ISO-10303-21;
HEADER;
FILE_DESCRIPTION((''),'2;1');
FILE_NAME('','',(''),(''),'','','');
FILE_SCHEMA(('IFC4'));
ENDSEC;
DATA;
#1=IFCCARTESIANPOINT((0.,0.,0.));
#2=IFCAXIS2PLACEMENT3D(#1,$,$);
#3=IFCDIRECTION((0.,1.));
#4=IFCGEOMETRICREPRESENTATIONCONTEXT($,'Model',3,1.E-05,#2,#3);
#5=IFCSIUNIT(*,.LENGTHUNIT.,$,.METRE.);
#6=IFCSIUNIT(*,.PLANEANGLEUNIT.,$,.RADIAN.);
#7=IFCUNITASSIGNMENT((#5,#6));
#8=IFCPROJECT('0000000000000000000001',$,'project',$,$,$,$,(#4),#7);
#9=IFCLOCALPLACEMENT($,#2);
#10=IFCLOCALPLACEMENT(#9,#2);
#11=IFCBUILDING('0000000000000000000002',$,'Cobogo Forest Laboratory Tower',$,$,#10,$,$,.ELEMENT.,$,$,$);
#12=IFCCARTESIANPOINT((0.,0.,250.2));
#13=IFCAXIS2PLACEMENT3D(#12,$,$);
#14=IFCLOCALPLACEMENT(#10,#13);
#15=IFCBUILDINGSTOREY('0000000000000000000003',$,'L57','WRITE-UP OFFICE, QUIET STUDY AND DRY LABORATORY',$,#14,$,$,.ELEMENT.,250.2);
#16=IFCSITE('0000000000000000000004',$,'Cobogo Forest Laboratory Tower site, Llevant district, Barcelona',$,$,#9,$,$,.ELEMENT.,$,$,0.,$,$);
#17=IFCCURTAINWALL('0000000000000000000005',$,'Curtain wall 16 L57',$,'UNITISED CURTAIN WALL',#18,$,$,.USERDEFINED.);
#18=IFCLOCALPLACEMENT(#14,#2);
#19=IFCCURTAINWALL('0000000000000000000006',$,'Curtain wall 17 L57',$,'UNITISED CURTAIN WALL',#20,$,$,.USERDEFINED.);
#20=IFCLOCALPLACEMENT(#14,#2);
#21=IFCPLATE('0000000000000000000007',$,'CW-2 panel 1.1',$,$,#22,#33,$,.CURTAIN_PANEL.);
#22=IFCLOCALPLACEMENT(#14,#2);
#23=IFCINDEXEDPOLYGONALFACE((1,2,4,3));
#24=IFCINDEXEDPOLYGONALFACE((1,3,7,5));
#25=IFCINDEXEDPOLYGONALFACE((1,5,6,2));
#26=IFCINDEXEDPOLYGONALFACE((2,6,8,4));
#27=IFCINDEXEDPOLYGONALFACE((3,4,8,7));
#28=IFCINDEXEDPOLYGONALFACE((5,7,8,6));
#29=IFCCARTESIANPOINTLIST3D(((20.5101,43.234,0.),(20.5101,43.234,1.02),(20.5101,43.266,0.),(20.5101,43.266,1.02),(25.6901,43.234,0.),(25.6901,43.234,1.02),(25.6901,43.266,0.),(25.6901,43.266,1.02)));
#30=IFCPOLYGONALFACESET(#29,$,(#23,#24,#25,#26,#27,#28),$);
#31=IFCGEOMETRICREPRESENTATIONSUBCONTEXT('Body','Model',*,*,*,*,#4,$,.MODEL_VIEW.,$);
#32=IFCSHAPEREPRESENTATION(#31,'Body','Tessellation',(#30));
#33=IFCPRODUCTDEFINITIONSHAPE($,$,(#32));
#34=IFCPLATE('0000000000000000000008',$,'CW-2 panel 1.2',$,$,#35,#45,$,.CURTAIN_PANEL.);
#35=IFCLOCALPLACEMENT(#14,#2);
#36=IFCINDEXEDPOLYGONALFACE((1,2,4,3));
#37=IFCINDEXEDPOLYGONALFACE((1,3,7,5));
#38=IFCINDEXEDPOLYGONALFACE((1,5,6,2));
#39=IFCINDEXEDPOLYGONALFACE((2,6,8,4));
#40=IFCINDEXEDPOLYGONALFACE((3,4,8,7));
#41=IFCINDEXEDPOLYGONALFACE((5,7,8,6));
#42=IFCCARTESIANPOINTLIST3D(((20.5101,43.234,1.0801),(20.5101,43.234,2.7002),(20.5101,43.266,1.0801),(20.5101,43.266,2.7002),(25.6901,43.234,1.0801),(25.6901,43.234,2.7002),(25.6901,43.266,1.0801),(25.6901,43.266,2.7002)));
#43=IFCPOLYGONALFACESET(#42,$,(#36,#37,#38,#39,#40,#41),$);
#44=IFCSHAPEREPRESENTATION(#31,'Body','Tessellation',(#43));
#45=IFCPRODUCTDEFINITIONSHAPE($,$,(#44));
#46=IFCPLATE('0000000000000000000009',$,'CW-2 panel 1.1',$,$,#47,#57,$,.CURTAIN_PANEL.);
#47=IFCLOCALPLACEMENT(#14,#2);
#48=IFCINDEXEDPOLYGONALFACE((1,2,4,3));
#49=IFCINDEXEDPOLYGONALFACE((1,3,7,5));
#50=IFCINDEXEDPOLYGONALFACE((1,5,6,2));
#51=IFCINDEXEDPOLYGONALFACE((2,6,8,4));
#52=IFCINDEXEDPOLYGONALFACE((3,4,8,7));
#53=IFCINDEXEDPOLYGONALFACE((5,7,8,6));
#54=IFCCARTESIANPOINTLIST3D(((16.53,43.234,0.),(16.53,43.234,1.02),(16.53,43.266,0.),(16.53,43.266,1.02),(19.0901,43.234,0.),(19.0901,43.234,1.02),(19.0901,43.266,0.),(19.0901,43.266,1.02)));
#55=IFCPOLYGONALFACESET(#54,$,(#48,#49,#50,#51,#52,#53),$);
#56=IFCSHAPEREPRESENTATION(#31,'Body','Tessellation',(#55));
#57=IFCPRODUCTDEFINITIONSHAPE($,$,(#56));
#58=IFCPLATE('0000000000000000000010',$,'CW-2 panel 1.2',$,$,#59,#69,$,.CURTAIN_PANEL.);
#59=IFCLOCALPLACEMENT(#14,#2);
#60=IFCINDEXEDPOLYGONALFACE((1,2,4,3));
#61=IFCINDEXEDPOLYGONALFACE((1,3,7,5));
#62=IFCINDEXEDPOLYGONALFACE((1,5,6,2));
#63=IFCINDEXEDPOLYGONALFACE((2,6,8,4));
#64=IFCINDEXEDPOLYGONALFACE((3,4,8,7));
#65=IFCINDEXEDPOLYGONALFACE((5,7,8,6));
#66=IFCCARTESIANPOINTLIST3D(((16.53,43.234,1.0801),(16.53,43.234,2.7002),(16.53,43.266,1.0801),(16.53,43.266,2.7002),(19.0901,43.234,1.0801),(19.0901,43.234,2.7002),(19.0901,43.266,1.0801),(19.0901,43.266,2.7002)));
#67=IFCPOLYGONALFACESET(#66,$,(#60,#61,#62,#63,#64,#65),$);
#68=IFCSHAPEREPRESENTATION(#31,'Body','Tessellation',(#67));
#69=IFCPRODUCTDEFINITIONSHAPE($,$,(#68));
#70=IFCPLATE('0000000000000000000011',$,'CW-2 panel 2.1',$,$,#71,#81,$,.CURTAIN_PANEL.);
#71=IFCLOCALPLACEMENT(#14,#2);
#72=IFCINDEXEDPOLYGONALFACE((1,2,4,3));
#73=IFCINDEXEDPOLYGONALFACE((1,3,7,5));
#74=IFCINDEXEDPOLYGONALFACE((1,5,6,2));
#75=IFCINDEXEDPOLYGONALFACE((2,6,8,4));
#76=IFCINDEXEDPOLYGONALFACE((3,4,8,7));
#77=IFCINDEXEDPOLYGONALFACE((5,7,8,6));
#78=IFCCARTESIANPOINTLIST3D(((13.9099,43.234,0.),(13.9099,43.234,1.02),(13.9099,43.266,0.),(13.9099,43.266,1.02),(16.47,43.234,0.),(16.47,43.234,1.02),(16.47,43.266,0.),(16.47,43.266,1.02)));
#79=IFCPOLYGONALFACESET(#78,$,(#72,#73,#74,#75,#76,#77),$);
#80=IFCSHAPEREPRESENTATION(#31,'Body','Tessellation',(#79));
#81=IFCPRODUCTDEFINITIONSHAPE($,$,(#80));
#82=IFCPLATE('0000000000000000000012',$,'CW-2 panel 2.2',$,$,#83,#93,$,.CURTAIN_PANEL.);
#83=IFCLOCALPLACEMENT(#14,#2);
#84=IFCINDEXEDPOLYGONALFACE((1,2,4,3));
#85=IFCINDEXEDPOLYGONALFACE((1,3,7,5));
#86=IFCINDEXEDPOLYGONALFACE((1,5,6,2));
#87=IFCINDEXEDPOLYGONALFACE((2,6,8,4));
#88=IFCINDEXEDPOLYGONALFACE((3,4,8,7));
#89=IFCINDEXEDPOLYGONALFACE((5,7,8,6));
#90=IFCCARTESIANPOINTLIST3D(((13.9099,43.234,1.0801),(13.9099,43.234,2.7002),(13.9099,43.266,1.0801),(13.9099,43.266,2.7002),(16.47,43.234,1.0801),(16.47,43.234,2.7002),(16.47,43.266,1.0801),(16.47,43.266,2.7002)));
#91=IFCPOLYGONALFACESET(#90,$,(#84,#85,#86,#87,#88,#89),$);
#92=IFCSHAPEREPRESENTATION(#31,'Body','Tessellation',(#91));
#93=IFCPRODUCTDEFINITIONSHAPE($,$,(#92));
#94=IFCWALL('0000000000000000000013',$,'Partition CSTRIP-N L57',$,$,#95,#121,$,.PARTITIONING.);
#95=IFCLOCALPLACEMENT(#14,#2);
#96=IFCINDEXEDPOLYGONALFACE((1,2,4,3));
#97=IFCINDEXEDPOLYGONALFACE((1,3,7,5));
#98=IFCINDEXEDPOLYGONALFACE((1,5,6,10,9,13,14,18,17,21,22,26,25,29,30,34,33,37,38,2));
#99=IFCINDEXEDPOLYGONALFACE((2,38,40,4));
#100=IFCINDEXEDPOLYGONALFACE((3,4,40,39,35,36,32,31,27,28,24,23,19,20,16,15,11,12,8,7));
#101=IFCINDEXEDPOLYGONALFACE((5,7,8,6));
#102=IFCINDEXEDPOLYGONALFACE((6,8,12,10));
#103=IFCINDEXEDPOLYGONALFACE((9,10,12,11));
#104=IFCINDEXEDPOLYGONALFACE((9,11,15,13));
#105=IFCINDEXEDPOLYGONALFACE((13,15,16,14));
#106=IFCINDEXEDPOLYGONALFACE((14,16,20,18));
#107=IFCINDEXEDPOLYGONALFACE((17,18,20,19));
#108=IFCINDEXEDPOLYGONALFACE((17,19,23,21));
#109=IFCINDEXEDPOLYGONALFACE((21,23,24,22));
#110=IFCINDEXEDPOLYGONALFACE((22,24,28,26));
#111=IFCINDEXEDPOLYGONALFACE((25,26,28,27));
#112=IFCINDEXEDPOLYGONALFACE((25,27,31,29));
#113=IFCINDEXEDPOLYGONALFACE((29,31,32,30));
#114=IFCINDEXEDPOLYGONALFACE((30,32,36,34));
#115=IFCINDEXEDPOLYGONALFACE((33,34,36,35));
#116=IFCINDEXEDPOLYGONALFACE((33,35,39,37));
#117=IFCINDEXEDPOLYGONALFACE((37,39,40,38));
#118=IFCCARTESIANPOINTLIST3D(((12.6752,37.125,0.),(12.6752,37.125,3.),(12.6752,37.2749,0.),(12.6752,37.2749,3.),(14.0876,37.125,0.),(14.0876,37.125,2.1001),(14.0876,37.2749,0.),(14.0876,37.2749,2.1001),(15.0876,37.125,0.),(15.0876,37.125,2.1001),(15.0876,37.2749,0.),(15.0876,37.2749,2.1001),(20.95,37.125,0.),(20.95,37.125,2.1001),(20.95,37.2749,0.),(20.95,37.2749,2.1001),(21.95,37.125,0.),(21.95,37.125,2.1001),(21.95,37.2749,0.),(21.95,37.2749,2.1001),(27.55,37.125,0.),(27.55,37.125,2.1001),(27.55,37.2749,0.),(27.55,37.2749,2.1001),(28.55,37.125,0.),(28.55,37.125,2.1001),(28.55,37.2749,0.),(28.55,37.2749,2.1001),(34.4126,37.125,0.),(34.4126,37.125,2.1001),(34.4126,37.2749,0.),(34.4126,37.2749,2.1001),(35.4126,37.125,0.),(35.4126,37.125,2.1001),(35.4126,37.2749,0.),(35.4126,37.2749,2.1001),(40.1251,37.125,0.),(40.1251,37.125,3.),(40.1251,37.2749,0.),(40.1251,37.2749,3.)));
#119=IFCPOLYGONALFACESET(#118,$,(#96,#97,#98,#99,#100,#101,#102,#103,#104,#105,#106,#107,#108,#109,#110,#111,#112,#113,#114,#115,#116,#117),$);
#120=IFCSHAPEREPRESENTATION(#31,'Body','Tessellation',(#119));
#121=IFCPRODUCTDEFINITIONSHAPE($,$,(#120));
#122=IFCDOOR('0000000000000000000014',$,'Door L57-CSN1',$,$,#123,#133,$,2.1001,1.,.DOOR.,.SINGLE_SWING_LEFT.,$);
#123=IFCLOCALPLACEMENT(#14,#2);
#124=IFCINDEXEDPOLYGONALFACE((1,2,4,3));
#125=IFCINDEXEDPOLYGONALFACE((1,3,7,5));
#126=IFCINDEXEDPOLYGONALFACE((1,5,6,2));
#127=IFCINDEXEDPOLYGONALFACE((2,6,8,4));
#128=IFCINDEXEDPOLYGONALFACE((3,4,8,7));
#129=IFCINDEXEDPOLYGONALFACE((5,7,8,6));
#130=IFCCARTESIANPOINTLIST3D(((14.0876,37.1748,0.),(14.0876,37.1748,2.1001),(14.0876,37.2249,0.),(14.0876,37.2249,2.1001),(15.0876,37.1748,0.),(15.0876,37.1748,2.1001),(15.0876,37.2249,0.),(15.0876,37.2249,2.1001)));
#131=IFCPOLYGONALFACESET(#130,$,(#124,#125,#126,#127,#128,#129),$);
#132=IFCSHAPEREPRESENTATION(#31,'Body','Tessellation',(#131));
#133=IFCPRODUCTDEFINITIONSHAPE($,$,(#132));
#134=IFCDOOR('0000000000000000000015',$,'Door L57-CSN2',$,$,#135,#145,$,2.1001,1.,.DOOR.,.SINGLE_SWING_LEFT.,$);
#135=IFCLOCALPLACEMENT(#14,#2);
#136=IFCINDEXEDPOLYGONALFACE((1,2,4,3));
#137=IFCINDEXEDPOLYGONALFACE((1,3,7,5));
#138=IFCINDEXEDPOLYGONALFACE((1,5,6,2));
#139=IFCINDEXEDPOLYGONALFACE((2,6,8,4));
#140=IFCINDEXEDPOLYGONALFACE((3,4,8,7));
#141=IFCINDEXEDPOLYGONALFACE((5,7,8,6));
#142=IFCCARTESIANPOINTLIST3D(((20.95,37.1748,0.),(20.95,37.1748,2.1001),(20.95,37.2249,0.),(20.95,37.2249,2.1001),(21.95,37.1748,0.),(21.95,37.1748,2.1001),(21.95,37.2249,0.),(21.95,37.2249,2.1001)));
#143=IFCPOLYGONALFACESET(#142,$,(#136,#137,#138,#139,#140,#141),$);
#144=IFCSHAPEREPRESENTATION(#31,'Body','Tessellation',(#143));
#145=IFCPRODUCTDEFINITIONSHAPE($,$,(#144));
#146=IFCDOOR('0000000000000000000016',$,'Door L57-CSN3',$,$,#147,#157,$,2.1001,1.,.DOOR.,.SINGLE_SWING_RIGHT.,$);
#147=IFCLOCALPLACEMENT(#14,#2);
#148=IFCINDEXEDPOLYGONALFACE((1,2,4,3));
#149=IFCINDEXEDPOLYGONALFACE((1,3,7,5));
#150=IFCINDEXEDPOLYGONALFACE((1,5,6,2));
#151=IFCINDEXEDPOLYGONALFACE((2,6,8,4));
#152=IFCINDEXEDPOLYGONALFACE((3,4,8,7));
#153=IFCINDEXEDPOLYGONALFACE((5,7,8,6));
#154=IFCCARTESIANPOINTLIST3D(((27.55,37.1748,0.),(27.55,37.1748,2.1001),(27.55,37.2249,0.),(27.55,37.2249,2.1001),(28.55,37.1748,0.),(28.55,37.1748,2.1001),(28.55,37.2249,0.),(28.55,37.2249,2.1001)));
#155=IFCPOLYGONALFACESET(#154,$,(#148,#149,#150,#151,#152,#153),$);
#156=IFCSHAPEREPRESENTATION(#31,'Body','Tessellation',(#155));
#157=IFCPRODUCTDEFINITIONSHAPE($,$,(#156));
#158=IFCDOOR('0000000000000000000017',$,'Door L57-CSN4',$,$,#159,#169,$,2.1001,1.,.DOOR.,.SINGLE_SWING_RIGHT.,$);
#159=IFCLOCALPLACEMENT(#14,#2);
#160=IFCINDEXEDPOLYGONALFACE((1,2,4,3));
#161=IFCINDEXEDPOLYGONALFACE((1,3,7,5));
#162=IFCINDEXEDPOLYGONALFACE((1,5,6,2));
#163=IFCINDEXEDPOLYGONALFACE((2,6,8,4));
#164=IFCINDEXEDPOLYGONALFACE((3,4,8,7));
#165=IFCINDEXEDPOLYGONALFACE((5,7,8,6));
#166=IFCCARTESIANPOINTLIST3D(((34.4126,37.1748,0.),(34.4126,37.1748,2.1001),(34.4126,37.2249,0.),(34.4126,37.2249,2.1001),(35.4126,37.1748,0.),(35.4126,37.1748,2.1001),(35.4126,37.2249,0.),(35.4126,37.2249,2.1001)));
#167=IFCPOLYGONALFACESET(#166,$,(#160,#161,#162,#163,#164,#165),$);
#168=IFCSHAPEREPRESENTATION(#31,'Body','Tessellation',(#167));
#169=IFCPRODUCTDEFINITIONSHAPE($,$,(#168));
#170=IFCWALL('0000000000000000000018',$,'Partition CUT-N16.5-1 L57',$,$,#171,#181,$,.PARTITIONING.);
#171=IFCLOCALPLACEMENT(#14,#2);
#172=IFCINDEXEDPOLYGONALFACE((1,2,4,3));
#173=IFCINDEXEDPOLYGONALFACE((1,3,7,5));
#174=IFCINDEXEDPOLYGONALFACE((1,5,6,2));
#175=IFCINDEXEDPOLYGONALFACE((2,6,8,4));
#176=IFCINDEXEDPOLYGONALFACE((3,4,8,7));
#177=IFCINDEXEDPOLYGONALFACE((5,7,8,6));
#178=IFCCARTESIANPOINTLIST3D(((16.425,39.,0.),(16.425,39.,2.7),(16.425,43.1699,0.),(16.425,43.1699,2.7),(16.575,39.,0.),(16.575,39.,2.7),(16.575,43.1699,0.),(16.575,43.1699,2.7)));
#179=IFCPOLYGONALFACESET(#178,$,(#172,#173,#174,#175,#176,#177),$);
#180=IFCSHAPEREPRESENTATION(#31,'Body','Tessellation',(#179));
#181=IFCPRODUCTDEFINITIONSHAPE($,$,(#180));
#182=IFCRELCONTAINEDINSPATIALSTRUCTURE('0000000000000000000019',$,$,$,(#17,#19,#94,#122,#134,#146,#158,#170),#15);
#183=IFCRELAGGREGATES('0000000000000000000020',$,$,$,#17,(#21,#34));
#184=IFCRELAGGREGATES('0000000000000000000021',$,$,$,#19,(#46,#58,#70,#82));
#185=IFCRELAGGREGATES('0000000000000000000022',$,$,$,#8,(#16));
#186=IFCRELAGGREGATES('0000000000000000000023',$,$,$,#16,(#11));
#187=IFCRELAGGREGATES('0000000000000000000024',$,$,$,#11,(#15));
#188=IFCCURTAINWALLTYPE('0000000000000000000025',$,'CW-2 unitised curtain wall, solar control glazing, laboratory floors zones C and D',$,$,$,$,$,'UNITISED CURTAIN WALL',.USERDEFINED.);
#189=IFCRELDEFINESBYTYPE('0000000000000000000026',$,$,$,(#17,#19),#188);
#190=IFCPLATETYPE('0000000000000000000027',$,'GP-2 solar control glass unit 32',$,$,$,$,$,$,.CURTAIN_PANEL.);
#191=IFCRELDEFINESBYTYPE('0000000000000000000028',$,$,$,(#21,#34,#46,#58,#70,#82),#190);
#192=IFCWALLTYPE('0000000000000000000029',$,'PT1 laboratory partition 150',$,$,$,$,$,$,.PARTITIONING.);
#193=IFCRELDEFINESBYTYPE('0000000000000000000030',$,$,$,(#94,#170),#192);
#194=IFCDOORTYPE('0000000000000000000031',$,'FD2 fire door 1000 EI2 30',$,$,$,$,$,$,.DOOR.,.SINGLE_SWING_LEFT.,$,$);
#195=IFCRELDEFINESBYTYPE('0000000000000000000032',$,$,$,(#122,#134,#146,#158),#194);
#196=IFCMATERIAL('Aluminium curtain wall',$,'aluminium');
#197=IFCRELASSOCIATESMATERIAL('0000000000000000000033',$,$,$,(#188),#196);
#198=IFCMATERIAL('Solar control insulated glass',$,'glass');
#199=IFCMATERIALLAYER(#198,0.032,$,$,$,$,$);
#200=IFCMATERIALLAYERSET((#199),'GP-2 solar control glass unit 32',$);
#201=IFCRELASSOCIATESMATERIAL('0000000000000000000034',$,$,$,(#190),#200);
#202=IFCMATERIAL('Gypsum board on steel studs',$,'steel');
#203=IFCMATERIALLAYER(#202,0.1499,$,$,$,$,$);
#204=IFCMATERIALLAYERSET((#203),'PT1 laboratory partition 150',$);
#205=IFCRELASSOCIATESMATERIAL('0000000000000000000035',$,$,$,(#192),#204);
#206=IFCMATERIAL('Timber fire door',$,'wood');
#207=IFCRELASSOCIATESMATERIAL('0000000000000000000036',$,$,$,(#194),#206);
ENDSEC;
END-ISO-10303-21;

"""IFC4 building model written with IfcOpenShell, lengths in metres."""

from ifc_helpers import new_model, si_unit, direction, frame, frame_2d, origin, origin_2d, place, context, subcontext, project, spatial, rectangle, extrude, material, layer, layer_set, type_object, element, fill, aggregate, save


model = new_model("IFC4")

# Units and contexts
model_context = context("Model", 3, precision=1e-05, world=origin(), true_north=direction((0.0, 1.0)))
body_context = subcontext(model_context, "Body", "Model", "MODEL_VIEW")
ifc_project = project(units=[si_unit("LENGTHUNIT", "METRE"), si_unit("PLANEANGLEUNIT", "RADIAN")], contexts=[model_context])

# Site, building, storey
site_placement = place(None, origin())
site = spatial("IfcSite", under=ifc_project, at=site_placement, Name="Cobogo Forest Laboratory Tower site, Llevant district, Barcelona", CompositionType="ELEMENT", RefElevation=0.0)
building_placement = place(site_placement, origin())
building = spatial("IfcBuilding", under=site, at=building_placement, Name="Cobogo Forest Laboratory Tower", CompositionType="ELEMENT")
storey_placement = place(building_placement, frame((0.0, 0.0, 250.2)))
storey = spatial("IfcBuildingStorey", under=building, at=storey_placement, Name="L57", Description="WRITE-UP OFFICE, QUIET STUDY AND DRY LABORATORY", CompositionType="ELEMENT", Elevation=250.2)

# Curtain walls
ifc_material_1 = material(Name="Aluminium curtain wall", Category="aluminium")
curtain_wall_type = type_object("IfcCurtainWallType", Name="CW-2 unitised curtain wall, solar control glazing, laboratory floors zones C and D", ElementType="UNITISED CURTAIN WALL", PredefinedType="USERDEFINED", material=ifc_material_1)
curtain_wall_1_placement = place(storey_placement, origin())
curtain_wall_1 = element("IfcCurtainWall", 1, at=curtain_wall_1_placement, inside=storey, type_object=curtain_wall_type, Name="Curtain wall 16 L57", ObjectType="UNITISED CURTAIN WALL", PredefinedType="USERDEFINED")
curtain_wall_2_placement = place(storey_placement, origin())
curtain_wall_2 = element("IfcCurtainWall", 2, at=curtain_wall_2_placement, inside=storey, type_object=curtain_wall_type, Name="Curtain wall 17 L57", ObjectType="UNITISED CURTAIN WALL", PredefinedType="USERDEFINED")

# Plates
ifc_material_2 = material(Name="Solar control insulated glass", Category="glass")
ifc_layer_1 = layer(ifc_material_2, 0.032)
ifc_layer_set_1 = layer_set([ifc_layer_1], Name="GP-2 solar control glass unit 32")
plate_type_1 = type_object("IfcPlateType", Name="GP-2 solar control glass unit 32", PredefinedType="CURTAIN_PANEL", material=ifc_layer_set_1)
plate_1_placement = place(storey_placement, frame((23.1001, 43.25, 0.0), z_axis=(0.0, 0.0, 1.0), x_axis=(-1.0, 0.0, 0.0)))
plate_1 = element("IfcPlate", 3, at=plate_1_placement, type_object=plate_type_1, Name="CW-2 panel 1.1", PredefinedType="CURTAIN_PANEL", context=body_context, shape_type="SweptSolid", body=[
    extrude(rectangle(XDim=5.1799, YDim=0.032, at=origin_2d()), origin(), (0.0, 0.0, 1.0), 1.02),
])
plate_2_placement = place(storey_placement, frame((23.1001, 43.25, 1.0801), z_axis=(0.0, 0.0, 1.0), x_axis=(-1.0, 0.0, 0.0)))
plate_2 = element("IfcPlate", 4, at=plate_2_placement, type_object=plate_type_1, Name="CW-2 panel 1.2", PredefinedType="CURTAIN_PANEL", context=body_context, shape_type="SweptSolid", body=[
    extrude(rectangle(XDim=5.1799, YDim=0.032, at=origin_2d()), origin(), (0.0, 0.0, 1.0), 1.6201),
])
aggregate(curtain_wall_1, [plate_1, plate_2])
plate_3_placement = place(storey_placement, frame((17.8101, 43.25, 0.0), z_axis=(0.0, 0.0, 1.0), x_axis=(-1.0, 0.0, 0.0)))
plate_3 = element("IfcPlate", 5, at=plate_3_placement, type_object=plate_type_1, Name="CW-2 panel 1.1", PredefinedType="CURTAIN_PANEL", context=body_context, shape_type="SweptSolid", body=[
    extrude(rectangle(XDim=2.5601, YDim=0.032, at=origin_2d()), origin(), (0.0, 0.0, 1.0), 1.02),
])
plate_4_placement = place(storey_placement, frame((17.8101, 43.25, 1.0801), z_axis=(0.0, 0.0, 1.0), x_axis=(-1.0, 0.0, 0.0)))
plate_4 = element("IfcPlate", 6, at=plate_4_placement, type_object=plate_type_1, Name="CW-2 panel 1.2", PredefinedType="CURTAIN_PANEL", context=body_context, shape_type="SweptSolid", body=[
    extrude(rectangle(XDim=2.5601, YDim=0.032, at=origin_2d()), origin(), (0.0, 0.0, 1.0), 1.6201),
])
plate_5_placement = place(storey_placement, frame((15.1899, 43.25, 0.0), z_axis=(0.0, 0.0, 1.0), x_axis=(-1.0, 0.0, 0.0)))
plate_5 = element("IfcPlate", 7, at=plate_5_placement, type_object=plate_type_1, Name="CW-2 panel 2.1", PredefinedType="CURTAIN_PANEL", context=body_context, shape_type="SweptSolid", body=[
    extrude(rectangle(XDim=2.5601, YDim=0.032, at=origin_2d()), origin(), (0.0, 0.0, 1.0), 1.02),
])
plate_6_placement = place(storey_placement, frame((15.1899, 43.25, 1.0801), z_axis=(0.0, 0.0, 1.0), x_axis=(-1.0, 0.0, 0.0)))
plate_6 = element("IfcPlate", 8, at=plate_6_placement, type_object=plate_type_1, Name="CW-2 panel 2.2", PredefinedType="CURTAIN_PANEL", context=body_context, shape_type="SweptSolid", body=[
    extrude(rectangle(XDim=2.5601, YDim=0.032, at=origin_2d()), origin(), (0.0, 0.0, 1.0), 1.6201),
])
aggregate(curtain_wall_2, [plate_3, plate_4, plate_5, plate_6])

# Wall, openings, doors
ifc_material_3 = material(Name="Gypsum board on steel studs", Category="steel")
ifc_layer_2 = layer(ifc_material_3, 0.1499)
ifc_layer_set_2 = layer_set([ifc_layer_2], Name="PT1 laboratory partition 150")
wall_type = type_object("IfcWallType", Name="PT1 laboratory partition 150", PredefinedType="PARTITIONING", material=ifc_layer_set_2)
wall_1_placement = place(storey_placement, frame((12.675, 37.2, 0.0), z_axis=(0.0, 0.0, 1.0), x_axis=(1.0, 0.0, 0.0)))
wall_1 = element("IfcWall", 9, at=wall_1_placement, inside=storey, type_object=wall_type, Name="Partition CSTRIP-N L57", PredefinedType="PARTITIONING", context=body_context, shape_type="SweptSolid", body=[
    extrude(rectangle(XDim=27.45, YDim=0.1499, at=frame_2d((13.7251, 0.0))), origin(), (0.0, 0.0, 1.0), 3.0),
])
opening_1_placement = place(wall_1_placement, frame((1.4126, 0.0, 0.0)))
opening_1 = element("IfcOpeningElement", 10, at=opening_1_placement, cuts=wall_1, PredefinedType="OPENING", context=body_context, shape_type="SweptSolid", body=[
    extrude(rectangle(XDim=1.0, YDim=2.1001, at=frame_2d((0.5, 1.05))), frame((0.0, 0.085, 0.0), z_axis=(0.0, -1.0, 0.0), x_axis=(1.0, 0.0, 0.0)), (0.0, 0.0, 1.0), 0.1699),
])
opening_2_placement = place(wall_1_placement, frame((8.2749, 0.0, 0.0)))
opening_2 = element("IfcOpeningElement", 11, at=opening_2_placement, cuts=wall_1, PredefinedType="OPENING", context=body_context, shape_type="SweptSolid", body=[
    extrude(rectangle(XDim=1.0, YDim=2.1001, at=frame_2d((0.5, 1.05))), frame((0.0, 0.085, 0.0), z_axis=(0.0, -1.0, 0.0), x_axis=(1.0, 0.0, 0.0)), (0.0, 0.0, 1.0), 0.1699),
])
opening_3_placement = place(wall_1_placement, frame((14.875, 0.0, 0.0)))
opening_3 = element("IfcOpeningElement", 12, at=opening_3_placement, cuts=wall_1, PredefinedType="OPENING", context=body_context, shape_type="SweptSolid", body=[
    extrude(rectangle(XDim=1.0, YDim=2.1001, at=frame_2d((0.5, 1.05))), frame((0.0, 0.085, 0.0), z_axis=(0.0, -1.0, 0.0), x_axis=(1.0, 0.0, 0.0)), (0.0, 0.0, 1.0), 0.1699),
])
opening_4_placement = place(wall_1_placement, frame((21.7375, 0.0, 0.0)))
opening_4 = element("IfcOpeningElement", 13, at=opening_4_placement, cuts=wall_1, PredefinedType="OPENING", context=body_context, shape_type="SweptSolid", body=[
    extrude(rectangle(XDim=1.0, YDim=2.1001, at=frame_2d((0.5, 1.05))), frame((0.0, 0.085, 0.0), z_axis=(0.0, -1.0, 0.0), x_axis=(1.0, 0.0, 0.0)), (0.0, 0.0, 1.0), 0.1699),
])
ifc_material_4 = material(Name="Timber fire door", Category="wood")
door_type = type_object("IfcDoorType", Name="FD2 fire door 1000 EI2 30", OperationType="SINGLE_SWING_LEFT", PredefinedType="DOOR", material=ifc_material_4)
door_1_placement = place(opening_1_placement, origin())
door_1 = element("IfcDoor", 14, at=door_1_placement, inside=storey, type_object=door_type, Name="Door L57-CSN1", OperationType="SINGLE_SWING_LEFT", OverallHeight=2.1001, OverallWidth=1.0, PredefinedType="DOOR", context=body_context, shape_type="SweptSolid", body=[
    extrude(rectangle(XDim=1.0, YDim=2.1001, at=frame_2d((0.5, 1.05))), frame((0.0, 0.0249, 0.0), z_axis=(0.0, -1.0, 0.0), x_axis=(1.0, 0.0, 0.0)), (0.0, 0.0, 1.0), 0.05),
])
fill(opening_1, door_1)
door_2_placement = place(opening_2_placement, origin())
door_2 = element("IfcDoor", 15, at=door_2_placement, inside=storey, type_object=door_type, Name="Door L57-CSN2", OperationType="SINGLE_SWING_LEFT", OverallHeight=2.1001, OverallWidth=1.0, PredefinedType="DOOR", context=body_context, shape_type="SweptSolid", body=[
    extrude(rectangle(XDim=1.0, YDim=2.1001, at=frame_2d((0.5, 1.05))), frame((0.0, 0.0249, 0.0), z_axis=(0.0, -1.0, 0.0), x_axis=(1.0, 0.0, 0.0)), (0.0, 0.0, 1.0), 0.05),
])
fill(opening_2, door_2)
door_3_placement = place(opening_3_placement, origin())
door_3 = element("IfcDoor", 16, at=door_3_placement, inside=storey, type_object=door_type, Name="Door L57-CSN3", OperationType="SINGLE_SWING_RIGHT", OverallHeight=2.1001, OverallWidth=1.0, PredefinedType="DOOR", context=body_context, shape_type="SweptSolid", body=[
    extrude(rectangle(XDim=1.0, YDim=2.1001, at=frame_2d((0.5, 1.05))), frame((0.0, 0.0249, 0.0), z_axis=(0.0, -1.0, 0.0), x_axis=(1.0, 0.0, 0.0)), (0.0, 0.0, 1.0), 0.05),
])
fill(opening_3, door_3)
door_4_placement = place(opening_4_placement, origin())
door_4 = element("IfcDoor", 17, at=door_4_placement, inside=storey, type_object=door_type, Name="Door L57-CSN4", OperationType="SINGLE_SWING_RIGHT", OverallHeight=2.1001, OverallWidth=1.0, PredefinedType="DOOR", context=body_context, shape_type="SweptSolid", body=[
    extrude(rectangle(XDim=1.0, YDim=2.1001, at=frame_2d((0.5, 1.05))), frame((0.0, 0.0249, 0.0), z_axis=(0.0, -1.0, 0.0), x_axis=(1.0, 0.0, 0.0)), (0.0, 0.0, 1.0), 0.05),
])
fill(opening_4, door_4)

# Wall
wall_2_placement = place(storey_placement, frame((16.5, 43.1699, 0.0), z_axis=(0.0, 0.0, 1.0), x_axis=(0.0, -1.0, 0.0)))
element("IfcWall", 18, at=wall_2_placement, inside=storey, type_object=wall_type, Name="Partition CUT-N16.5-1 L57", PredefinedType="PARTITIONING", context=body_context, shape_type="SweptSolid", body=[
    extrude(rectangle(XDim=4.1699, YDim=0.1499, at=frame_2d((2.085, 0.0))), origin(), (0.0, 0.0, 1.0), 2.7),
])

save(model, "model.ifc")
